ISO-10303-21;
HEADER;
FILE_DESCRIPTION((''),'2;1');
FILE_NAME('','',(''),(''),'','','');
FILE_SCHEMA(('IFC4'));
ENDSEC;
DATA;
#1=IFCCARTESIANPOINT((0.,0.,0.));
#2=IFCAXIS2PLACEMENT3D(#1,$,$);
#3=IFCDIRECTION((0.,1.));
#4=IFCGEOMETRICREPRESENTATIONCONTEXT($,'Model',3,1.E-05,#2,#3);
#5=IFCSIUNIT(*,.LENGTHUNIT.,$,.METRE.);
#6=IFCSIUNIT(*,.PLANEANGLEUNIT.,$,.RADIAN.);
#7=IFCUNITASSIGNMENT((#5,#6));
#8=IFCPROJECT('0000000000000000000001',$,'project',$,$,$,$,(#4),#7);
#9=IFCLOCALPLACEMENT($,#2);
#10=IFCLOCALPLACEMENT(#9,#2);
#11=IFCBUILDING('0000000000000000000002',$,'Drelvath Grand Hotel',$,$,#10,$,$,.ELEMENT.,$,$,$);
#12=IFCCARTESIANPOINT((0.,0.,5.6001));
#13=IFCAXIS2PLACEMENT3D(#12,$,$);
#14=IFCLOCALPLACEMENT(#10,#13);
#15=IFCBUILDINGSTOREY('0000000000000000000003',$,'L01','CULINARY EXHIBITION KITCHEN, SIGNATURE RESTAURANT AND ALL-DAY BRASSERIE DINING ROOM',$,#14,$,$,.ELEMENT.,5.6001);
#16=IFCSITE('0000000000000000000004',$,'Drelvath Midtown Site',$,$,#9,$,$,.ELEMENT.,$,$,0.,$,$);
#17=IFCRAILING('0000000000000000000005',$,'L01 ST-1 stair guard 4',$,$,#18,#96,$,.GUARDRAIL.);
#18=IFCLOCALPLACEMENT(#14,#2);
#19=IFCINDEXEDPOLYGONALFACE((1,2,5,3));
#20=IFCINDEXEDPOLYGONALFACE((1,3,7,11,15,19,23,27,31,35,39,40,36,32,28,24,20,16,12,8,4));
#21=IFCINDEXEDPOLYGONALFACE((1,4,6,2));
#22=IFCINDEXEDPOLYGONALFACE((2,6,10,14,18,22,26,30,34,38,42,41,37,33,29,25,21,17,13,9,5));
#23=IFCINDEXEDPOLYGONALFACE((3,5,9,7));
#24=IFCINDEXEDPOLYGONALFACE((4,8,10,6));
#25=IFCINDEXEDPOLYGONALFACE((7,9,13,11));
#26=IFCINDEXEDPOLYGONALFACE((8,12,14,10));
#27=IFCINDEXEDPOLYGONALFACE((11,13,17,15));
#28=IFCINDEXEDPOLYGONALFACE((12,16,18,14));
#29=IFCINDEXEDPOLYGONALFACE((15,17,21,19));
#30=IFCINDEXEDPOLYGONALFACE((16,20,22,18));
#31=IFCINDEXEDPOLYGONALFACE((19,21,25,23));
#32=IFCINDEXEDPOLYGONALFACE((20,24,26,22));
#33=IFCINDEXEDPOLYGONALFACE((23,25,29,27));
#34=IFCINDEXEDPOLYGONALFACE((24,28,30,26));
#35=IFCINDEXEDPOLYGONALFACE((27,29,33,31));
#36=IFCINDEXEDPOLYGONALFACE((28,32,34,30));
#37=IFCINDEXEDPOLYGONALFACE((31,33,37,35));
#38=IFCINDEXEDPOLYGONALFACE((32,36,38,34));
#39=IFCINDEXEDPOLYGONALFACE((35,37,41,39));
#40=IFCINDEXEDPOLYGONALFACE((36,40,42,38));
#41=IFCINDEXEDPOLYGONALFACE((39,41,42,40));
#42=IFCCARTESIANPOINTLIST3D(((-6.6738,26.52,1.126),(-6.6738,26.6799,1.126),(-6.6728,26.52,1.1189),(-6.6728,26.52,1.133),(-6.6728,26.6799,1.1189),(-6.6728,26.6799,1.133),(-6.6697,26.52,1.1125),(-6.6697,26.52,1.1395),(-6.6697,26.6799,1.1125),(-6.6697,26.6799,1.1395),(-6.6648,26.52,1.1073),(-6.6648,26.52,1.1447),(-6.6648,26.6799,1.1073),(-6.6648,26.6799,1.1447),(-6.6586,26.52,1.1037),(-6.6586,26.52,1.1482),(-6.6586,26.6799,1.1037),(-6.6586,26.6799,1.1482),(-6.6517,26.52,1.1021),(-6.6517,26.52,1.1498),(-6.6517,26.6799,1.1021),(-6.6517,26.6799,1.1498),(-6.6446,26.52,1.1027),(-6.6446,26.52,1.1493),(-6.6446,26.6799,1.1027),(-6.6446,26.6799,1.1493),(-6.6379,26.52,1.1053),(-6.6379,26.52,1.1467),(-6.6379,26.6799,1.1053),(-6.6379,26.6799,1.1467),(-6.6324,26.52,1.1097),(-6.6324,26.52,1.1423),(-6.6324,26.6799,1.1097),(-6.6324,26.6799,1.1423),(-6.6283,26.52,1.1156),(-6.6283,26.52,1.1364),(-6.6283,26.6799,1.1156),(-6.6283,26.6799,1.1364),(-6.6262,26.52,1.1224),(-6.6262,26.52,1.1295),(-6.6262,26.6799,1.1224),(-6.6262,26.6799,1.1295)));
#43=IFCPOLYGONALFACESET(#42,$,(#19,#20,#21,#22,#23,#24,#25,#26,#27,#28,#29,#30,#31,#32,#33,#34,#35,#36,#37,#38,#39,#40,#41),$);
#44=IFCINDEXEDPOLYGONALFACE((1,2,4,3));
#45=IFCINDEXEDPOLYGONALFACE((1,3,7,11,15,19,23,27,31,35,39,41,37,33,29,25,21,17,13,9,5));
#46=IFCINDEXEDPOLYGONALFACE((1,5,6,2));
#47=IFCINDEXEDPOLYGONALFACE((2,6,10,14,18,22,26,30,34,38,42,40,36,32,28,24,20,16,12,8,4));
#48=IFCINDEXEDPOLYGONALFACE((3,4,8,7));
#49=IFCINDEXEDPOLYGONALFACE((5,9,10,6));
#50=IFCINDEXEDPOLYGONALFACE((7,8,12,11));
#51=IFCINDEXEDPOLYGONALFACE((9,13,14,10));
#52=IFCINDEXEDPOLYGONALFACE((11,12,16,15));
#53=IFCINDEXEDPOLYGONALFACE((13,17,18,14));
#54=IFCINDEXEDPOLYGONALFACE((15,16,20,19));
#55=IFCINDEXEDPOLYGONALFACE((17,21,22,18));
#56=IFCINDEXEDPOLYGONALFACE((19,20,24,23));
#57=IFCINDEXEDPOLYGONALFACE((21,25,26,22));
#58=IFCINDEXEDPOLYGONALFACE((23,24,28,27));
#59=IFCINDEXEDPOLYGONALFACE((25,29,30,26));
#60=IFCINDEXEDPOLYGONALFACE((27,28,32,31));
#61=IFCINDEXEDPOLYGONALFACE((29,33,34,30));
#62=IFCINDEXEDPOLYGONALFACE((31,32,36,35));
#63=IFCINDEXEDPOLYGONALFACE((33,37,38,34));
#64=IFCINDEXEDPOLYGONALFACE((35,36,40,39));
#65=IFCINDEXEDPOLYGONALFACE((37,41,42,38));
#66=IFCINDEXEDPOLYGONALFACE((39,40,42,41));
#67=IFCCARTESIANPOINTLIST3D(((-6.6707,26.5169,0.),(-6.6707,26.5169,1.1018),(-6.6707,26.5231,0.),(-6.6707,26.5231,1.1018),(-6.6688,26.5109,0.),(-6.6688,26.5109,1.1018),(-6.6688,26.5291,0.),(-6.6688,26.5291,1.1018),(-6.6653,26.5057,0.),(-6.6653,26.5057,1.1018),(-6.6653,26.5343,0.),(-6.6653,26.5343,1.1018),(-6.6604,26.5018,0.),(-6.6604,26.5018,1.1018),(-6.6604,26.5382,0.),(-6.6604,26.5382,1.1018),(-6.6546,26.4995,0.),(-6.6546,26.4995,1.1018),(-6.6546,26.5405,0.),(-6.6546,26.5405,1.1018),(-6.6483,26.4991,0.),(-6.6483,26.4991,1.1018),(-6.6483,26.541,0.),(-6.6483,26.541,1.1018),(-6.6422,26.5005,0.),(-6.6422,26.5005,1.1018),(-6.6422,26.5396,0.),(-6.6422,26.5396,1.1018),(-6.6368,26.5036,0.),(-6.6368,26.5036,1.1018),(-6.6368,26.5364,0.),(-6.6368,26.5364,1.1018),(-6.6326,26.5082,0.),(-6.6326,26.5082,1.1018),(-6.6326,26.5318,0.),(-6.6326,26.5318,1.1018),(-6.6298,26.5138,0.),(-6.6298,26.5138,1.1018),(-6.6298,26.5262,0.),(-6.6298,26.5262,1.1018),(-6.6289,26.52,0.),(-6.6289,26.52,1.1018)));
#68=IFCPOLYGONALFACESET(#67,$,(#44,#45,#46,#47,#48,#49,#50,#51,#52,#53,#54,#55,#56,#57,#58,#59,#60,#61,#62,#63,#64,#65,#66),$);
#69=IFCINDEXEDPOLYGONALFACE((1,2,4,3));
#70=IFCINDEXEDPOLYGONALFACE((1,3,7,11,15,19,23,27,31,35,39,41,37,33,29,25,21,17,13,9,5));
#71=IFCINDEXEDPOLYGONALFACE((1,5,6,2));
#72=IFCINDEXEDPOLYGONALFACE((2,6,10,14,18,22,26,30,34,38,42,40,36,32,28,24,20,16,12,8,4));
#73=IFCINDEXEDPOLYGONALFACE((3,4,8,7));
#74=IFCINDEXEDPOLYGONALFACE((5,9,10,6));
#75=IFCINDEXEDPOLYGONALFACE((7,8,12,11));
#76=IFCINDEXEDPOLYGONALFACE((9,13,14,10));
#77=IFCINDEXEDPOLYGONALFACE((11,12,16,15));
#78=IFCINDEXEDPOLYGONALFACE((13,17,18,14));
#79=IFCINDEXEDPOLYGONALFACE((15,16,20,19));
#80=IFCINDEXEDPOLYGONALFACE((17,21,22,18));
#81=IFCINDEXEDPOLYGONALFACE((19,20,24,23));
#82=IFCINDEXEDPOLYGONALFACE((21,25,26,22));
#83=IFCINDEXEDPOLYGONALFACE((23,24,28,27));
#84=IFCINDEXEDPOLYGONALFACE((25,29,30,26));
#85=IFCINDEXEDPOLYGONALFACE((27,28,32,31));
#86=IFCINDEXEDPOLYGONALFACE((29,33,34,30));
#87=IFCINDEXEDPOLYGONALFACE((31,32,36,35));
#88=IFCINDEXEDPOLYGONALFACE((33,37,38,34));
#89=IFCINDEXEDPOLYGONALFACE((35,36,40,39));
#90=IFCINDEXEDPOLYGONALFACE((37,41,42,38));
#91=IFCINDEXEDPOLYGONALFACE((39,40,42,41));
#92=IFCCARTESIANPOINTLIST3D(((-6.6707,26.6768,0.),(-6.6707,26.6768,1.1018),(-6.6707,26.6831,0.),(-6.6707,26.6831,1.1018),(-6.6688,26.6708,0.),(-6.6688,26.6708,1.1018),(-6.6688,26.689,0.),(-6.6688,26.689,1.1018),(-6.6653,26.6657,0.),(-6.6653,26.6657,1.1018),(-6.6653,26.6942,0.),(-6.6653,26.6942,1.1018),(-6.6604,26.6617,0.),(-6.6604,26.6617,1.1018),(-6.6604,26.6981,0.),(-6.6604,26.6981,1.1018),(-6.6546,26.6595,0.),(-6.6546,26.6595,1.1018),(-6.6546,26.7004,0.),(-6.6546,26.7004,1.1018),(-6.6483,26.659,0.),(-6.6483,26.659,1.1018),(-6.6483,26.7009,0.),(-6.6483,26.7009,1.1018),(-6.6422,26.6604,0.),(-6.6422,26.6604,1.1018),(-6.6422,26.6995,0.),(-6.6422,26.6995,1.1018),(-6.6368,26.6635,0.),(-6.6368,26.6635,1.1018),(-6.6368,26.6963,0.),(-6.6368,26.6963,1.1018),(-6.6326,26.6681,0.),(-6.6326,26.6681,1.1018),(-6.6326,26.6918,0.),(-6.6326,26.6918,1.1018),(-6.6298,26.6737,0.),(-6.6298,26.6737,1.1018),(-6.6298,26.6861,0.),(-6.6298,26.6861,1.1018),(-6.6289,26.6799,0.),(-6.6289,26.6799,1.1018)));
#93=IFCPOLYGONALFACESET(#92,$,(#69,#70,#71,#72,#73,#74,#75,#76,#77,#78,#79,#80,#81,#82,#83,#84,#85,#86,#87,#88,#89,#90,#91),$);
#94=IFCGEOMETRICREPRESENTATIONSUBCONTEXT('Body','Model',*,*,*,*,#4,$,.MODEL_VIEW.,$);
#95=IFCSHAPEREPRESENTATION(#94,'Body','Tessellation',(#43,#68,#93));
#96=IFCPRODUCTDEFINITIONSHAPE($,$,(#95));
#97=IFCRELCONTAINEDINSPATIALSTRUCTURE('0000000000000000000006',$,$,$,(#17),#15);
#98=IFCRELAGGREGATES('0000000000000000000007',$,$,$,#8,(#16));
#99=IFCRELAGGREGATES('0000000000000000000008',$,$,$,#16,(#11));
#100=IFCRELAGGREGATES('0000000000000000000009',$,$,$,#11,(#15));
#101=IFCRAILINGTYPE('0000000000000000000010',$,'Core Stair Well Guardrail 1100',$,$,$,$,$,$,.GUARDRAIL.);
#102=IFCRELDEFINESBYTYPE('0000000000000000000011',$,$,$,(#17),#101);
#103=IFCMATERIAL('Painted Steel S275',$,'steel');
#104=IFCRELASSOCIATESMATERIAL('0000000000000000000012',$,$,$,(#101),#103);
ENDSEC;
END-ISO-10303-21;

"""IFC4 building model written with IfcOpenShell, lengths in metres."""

from ifc_helpers import new_model, si_unit, direction, frame, origin, origin_2d, place, context, subcontext, project, spatial, circle, extrude, material, type_object, element, save


model = new_model("IFC4")

# Units and contexts
model_context = context("Model", 3, precision=1e-05, world=origin(), true_north=direction((0.0, 1.0)))
body_context = subcontext(model_context, "Body", "Model", "MODEL_VIEW")
ifc_project = project(units=[si_unit("LENGTHUNIT", "METRE"), si_unit("PLANEANGLEUNIT", "RADIAN")], contexts=[model_context])

# Site, building, storey
site_placement = place(None, origin())
site = spatial("IfcSite", under=ifc_project, at=site_placement, Name="Drelvath Midtown Site", CompositionType="ELEMENT", RefElevation=0.0)
building_placement = place(site_placement, origin())
building = spatial("IfcBuilding", under=site, at=building_placement, Name="Drelvath Grand Hotel", CompositionType="ELEMENT")
storey_placement = place(building_placement, frame((0.0, 0.0, 5.6001)))
storey = spatial("IfcBuildingStorey", under=building, at=storey_placement, Name="L01", Description="CULINARY EXHIBITION KITCHEN, SIGNATURE RESTAURANT AND ALL-DAY BRASSERIE DINING ROOM", CompositionType="ELEMENT", Elevation=5.6001)

# Shared definitions
ifc_material_1 = material(Name="Painted Steel S275", Category="steel")

# Railing
railing_type_1 = type_object("IfcRailingType", Name="Core Stair Well Guardrail 1100", PredefinedType="GUARDRAIL", material=ifc_material_1)
railing_1_placement = place(storey_placement, frame((-6.6499, 26.52, 0.0)))
element("IfcRailing", 1, at=railing_1_placement, inside=storey, type_object=railing_type_1, Name="L01 ST-1 stair guard 4", PredefinedType="GUARDRAIL", context=body_context, shape_type="SweptSolid", body=[
    extrude(circle(Radius=0.0239, at=origin_2d()), frame((0.0, 0.0, 1.126), z_axis=(0.0, 1.0, 0.0), x_axis=(-1.0, 0.0, 0.0)), (0.0, 0.0, 1.0), 0.1599),
    extrude(circle(Radius=0.021, at=origin_2d()), origin(), (0.0, 0.0, 1.0), 1.1018),
    extrude(circle(Radius=0.021, at=origin_2d()), frame((0.0, 0.1599, 0.0)), (0.0, 0.0, 1.0), 1.1018),
])

save(model, "model.ifc")
